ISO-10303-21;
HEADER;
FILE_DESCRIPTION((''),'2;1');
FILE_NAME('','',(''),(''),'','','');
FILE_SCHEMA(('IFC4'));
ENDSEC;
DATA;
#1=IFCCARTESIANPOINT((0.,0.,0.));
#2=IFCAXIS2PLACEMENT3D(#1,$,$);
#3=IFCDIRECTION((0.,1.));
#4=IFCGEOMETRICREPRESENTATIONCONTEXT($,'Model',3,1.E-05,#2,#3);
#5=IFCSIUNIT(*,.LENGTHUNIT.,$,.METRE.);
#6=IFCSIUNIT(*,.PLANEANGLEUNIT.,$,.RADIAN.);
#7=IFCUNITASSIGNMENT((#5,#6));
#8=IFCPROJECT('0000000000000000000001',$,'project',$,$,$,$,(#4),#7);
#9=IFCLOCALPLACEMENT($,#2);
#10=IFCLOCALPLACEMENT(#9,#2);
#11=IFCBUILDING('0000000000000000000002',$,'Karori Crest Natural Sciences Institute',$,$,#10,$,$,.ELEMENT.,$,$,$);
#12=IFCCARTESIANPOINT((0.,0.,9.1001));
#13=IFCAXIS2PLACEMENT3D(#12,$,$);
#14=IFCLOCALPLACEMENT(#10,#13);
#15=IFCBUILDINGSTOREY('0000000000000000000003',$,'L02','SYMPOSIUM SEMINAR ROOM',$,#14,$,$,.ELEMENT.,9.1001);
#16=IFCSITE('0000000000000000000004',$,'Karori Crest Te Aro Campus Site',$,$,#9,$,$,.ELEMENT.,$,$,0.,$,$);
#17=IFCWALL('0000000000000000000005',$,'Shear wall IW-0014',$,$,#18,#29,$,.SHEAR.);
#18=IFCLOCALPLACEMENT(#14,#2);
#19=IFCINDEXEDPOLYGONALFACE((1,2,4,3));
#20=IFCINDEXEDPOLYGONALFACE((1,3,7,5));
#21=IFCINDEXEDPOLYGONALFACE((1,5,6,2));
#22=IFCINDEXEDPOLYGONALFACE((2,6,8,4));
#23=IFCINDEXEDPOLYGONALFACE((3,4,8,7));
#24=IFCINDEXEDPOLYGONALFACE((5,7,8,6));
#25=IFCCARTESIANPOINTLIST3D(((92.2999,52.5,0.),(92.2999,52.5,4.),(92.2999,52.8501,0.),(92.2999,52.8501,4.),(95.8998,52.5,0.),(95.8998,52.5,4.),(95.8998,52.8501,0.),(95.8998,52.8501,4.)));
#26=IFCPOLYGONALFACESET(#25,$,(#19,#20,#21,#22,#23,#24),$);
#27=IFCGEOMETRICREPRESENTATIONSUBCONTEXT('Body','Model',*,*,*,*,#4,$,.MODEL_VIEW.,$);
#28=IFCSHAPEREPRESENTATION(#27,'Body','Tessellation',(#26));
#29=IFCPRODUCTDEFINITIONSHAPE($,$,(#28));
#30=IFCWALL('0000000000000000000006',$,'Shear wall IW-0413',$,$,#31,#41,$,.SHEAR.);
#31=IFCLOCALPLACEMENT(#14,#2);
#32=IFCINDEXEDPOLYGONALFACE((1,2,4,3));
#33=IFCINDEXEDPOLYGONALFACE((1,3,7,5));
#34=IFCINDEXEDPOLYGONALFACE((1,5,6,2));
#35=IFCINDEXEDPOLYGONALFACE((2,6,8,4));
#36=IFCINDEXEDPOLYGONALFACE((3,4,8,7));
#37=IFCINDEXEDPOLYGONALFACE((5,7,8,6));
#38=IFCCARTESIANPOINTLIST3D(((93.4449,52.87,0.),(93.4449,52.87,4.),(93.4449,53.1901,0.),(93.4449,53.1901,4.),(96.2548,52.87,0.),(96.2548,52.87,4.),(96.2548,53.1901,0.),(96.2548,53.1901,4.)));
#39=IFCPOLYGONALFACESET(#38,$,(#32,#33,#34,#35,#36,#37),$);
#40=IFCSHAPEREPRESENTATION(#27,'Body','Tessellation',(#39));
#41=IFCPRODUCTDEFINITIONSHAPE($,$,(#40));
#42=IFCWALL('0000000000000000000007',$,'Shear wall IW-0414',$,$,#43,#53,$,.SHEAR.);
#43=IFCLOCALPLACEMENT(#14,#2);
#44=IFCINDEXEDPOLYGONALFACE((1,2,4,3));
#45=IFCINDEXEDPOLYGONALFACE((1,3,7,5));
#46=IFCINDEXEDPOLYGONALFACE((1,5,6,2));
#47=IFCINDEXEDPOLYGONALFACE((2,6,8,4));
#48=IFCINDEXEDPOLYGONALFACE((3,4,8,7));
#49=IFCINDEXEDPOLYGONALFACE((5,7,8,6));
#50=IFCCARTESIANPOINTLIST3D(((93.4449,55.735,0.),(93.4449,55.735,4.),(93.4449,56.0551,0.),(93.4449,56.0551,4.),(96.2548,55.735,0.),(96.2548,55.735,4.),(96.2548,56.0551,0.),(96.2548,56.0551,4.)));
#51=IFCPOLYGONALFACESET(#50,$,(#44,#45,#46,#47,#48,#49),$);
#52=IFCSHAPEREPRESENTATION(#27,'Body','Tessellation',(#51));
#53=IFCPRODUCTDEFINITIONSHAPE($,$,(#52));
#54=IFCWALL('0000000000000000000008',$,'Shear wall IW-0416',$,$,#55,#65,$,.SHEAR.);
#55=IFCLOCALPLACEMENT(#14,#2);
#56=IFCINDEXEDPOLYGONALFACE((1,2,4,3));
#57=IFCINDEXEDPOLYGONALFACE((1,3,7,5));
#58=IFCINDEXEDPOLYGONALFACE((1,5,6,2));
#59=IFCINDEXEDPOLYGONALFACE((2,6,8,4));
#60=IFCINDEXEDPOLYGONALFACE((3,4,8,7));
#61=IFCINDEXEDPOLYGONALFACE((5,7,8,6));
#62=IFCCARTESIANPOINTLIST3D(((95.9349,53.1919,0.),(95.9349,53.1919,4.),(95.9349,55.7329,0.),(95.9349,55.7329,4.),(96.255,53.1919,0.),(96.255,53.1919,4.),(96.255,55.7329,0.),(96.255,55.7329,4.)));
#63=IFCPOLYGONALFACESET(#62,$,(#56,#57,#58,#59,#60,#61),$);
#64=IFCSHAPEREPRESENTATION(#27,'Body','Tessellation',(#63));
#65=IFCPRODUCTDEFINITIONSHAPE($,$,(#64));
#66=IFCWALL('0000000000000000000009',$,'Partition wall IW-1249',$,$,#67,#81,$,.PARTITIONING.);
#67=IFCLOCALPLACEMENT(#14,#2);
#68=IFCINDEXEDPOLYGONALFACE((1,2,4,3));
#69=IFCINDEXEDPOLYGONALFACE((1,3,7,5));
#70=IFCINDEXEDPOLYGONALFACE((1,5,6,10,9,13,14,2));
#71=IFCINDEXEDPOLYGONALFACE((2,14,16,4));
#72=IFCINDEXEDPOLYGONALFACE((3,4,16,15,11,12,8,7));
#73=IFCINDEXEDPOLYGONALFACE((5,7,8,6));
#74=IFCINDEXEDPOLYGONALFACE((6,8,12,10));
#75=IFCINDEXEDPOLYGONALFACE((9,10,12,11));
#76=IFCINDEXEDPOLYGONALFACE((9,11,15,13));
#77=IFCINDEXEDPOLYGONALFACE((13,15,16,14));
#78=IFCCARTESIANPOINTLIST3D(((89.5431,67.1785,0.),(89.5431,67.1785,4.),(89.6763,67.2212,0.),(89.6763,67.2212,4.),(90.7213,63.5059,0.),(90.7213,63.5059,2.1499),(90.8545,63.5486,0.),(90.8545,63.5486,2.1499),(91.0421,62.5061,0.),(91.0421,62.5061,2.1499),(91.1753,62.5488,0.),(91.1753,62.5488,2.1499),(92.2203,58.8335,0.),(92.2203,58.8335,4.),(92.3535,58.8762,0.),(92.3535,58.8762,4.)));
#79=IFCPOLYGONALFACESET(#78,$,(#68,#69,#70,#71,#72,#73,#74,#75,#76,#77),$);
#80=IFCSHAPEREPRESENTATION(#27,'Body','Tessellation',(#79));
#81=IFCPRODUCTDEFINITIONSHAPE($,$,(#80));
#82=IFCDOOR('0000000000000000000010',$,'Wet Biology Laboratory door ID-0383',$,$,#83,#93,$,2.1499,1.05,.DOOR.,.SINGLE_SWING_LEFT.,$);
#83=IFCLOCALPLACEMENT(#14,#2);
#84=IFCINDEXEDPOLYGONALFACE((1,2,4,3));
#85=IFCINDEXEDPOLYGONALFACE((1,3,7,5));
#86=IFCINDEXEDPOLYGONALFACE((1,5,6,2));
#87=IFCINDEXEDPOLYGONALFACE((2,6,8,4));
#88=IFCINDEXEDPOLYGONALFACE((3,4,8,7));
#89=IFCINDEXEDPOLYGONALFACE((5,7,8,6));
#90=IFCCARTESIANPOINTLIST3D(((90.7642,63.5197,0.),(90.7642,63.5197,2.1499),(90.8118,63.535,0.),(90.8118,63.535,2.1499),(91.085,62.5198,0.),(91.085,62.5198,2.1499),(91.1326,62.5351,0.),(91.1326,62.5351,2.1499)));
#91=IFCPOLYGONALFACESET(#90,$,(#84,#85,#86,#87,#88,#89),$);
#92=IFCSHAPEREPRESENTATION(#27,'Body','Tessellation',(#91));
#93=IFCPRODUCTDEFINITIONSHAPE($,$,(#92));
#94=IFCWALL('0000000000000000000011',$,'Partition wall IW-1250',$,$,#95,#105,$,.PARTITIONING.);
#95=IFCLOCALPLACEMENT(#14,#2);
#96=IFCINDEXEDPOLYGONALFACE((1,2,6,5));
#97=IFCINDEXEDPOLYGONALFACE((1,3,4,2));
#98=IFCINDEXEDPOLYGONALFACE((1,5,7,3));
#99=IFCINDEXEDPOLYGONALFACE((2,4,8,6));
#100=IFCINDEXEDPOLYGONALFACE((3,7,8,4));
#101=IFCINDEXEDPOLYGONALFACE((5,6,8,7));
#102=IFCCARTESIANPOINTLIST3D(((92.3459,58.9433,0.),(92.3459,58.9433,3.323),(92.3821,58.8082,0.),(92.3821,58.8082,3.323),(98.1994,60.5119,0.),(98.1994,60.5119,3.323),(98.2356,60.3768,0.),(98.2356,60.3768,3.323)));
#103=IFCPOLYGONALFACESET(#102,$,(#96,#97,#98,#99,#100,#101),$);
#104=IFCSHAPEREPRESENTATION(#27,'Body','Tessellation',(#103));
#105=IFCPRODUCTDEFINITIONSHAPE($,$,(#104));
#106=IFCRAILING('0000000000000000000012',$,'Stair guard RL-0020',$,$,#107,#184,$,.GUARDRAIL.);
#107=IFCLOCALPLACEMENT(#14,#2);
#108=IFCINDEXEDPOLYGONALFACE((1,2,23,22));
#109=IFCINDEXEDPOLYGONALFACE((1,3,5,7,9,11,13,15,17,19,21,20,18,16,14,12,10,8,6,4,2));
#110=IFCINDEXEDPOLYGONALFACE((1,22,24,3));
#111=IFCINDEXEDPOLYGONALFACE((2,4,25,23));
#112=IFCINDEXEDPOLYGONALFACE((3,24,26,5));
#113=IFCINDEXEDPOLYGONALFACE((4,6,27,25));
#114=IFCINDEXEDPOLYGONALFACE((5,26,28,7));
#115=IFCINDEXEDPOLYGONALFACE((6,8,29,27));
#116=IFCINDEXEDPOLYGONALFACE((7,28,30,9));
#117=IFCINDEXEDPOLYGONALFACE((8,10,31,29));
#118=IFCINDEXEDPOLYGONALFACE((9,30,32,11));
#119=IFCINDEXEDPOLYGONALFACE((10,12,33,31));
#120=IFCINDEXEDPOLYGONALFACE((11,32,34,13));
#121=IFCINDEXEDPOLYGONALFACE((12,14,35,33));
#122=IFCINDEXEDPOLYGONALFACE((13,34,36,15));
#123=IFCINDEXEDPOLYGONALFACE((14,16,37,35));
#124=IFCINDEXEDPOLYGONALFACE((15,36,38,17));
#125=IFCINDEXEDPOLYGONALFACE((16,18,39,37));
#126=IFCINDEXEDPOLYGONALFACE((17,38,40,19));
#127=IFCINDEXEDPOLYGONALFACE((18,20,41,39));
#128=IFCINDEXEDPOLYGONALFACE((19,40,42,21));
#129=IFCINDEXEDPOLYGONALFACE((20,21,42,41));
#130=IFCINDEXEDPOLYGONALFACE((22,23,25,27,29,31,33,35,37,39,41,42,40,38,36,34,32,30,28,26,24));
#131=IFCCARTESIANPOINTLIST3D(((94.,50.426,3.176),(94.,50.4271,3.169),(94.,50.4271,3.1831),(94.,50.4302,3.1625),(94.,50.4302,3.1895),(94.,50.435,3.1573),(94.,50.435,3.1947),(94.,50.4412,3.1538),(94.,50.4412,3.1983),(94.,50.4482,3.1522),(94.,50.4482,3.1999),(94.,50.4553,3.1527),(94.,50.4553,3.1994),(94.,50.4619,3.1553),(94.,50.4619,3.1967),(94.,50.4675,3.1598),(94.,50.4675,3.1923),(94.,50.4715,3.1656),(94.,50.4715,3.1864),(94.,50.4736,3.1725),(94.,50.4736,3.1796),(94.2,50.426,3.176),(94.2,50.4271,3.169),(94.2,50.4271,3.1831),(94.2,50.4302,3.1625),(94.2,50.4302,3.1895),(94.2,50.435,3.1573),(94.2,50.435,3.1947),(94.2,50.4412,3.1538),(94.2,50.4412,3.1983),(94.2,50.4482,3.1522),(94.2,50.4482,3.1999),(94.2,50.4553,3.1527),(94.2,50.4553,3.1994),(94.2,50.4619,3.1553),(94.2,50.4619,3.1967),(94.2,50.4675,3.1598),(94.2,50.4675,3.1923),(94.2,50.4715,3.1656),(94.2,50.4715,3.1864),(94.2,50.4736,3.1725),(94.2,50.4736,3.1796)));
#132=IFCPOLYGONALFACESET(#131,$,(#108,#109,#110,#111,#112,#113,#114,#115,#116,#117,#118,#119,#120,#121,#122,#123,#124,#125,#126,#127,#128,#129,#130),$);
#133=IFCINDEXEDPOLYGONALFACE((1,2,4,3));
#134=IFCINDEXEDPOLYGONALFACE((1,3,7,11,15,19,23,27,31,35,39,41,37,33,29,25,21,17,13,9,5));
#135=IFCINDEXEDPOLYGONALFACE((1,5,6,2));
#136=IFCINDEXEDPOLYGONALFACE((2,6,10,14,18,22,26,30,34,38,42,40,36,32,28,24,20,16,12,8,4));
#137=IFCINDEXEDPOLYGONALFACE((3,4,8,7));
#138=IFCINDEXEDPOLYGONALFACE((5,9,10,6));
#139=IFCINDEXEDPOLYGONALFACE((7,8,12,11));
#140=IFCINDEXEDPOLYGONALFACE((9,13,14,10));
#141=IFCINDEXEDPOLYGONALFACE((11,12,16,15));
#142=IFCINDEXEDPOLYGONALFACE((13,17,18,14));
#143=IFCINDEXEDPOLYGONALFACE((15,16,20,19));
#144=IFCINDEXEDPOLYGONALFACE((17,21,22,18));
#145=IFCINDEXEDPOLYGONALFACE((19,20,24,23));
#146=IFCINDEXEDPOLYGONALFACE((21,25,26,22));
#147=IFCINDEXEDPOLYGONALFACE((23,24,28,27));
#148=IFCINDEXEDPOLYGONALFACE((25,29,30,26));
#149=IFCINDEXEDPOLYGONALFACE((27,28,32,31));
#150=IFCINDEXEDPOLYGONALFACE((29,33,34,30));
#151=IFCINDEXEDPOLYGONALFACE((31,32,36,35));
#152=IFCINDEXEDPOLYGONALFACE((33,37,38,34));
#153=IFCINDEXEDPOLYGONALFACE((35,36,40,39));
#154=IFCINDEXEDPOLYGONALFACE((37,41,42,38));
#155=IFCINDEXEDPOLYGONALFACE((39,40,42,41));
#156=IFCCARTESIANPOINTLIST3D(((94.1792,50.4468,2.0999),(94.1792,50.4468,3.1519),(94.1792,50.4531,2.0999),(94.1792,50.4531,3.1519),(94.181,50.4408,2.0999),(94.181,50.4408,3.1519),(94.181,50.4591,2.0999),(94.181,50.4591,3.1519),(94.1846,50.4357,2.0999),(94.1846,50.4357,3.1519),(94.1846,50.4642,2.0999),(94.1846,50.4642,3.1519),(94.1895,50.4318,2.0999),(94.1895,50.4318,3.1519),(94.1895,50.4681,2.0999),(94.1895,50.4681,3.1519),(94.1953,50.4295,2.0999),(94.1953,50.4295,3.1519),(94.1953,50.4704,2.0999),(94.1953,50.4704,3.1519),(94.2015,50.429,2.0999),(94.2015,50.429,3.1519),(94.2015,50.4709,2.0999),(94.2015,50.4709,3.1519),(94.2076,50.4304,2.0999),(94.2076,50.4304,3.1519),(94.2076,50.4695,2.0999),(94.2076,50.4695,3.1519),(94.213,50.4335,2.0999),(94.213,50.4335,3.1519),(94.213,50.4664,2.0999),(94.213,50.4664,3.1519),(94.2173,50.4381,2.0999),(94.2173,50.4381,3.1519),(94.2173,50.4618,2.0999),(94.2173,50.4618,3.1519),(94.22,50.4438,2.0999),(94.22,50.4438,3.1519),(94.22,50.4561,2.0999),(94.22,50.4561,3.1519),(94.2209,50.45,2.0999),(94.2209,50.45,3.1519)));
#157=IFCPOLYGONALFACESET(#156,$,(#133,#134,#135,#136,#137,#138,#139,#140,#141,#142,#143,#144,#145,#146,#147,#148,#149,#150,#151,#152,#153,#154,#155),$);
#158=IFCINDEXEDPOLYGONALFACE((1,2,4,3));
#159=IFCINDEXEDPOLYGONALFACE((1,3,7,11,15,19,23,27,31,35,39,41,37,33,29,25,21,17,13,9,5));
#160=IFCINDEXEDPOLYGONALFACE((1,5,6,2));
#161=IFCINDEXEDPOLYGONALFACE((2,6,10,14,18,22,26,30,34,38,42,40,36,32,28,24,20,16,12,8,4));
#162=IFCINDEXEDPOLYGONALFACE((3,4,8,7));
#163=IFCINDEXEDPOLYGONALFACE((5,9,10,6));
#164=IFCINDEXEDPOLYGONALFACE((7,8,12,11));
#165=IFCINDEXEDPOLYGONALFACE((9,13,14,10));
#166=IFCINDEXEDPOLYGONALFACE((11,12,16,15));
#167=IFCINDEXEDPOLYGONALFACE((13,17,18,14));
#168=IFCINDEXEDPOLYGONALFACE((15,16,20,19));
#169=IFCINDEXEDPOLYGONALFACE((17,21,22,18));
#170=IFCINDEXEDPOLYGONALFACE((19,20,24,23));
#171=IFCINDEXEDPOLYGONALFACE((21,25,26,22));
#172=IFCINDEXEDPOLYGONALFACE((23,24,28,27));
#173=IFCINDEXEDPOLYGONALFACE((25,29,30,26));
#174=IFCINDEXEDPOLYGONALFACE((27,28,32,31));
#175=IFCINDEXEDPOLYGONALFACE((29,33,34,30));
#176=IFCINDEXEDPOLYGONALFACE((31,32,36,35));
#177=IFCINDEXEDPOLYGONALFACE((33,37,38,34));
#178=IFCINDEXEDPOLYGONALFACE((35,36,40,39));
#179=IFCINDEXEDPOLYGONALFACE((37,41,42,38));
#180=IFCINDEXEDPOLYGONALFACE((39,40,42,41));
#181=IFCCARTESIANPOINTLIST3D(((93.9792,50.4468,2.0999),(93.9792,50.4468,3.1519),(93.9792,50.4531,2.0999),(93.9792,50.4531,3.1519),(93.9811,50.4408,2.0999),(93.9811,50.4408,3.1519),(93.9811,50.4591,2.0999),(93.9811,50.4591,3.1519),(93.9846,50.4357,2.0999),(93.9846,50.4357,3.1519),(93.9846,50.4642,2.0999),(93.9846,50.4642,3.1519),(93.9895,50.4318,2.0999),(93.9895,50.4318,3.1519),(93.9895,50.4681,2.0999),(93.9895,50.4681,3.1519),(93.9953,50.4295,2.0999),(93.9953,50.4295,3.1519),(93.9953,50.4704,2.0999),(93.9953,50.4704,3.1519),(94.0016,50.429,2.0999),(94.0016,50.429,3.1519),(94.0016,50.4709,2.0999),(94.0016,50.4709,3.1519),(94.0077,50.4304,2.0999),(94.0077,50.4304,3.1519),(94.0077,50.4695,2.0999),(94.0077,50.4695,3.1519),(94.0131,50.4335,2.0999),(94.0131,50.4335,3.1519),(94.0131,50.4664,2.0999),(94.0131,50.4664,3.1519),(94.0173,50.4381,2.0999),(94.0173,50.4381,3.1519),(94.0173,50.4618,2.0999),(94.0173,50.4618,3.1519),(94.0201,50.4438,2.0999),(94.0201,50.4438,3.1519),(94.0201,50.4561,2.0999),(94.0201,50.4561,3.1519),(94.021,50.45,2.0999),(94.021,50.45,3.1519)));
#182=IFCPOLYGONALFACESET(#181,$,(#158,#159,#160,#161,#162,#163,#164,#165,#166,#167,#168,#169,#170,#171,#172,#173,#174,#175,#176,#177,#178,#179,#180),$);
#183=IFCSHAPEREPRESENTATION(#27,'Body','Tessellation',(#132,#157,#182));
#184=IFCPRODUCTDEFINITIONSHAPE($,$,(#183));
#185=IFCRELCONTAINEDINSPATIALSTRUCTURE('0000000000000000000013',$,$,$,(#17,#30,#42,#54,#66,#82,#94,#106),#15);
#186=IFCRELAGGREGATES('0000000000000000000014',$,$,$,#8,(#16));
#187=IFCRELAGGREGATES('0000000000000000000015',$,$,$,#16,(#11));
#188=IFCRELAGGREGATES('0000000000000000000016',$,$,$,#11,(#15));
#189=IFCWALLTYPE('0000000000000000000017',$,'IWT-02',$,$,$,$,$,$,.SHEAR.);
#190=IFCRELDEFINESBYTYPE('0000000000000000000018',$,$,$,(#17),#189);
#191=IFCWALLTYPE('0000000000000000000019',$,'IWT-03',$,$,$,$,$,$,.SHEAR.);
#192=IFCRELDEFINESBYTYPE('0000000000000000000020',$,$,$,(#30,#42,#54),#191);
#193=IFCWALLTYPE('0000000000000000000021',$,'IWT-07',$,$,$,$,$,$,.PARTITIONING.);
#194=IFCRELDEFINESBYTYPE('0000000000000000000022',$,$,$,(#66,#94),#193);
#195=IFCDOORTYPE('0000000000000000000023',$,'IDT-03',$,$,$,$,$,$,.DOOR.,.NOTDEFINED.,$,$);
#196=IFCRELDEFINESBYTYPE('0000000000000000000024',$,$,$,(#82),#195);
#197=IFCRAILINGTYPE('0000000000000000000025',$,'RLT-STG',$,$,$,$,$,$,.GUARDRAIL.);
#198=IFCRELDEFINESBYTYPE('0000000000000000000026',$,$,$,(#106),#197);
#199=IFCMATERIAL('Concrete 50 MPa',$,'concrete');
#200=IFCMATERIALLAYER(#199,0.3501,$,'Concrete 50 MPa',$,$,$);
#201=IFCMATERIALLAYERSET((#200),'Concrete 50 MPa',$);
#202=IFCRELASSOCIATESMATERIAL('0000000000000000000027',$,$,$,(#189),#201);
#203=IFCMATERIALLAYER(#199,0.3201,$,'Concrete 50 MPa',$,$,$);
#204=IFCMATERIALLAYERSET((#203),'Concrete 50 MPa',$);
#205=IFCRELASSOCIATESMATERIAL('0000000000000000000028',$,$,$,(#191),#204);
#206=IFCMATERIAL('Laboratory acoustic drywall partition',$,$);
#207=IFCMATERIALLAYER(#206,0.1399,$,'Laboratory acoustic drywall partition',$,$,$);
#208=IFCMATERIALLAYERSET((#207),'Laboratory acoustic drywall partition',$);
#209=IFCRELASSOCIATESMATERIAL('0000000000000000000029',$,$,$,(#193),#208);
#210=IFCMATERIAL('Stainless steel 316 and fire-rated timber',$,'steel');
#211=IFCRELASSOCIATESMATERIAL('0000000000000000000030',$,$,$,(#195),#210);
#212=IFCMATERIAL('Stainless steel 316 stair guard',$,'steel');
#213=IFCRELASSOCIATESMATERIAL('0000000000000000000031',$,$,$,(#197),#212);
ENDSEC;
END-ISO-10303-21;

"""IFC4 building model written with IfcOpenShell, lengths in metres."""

from ifc_helpers import new_model, si_unit, direction, frame, frame_2d, origin, origin_2d, place, context, subcontext, project, spatial, rectangle, circle, extrude, material, layer, layer_set, type_object, element, fill, save


model = new_model("IFC4")

# Units and contexts
model_context = context("Model", 3, precision=1e-05, world=origin(), true_north=direction((0.0, 1.0)))
body_context = subcontext(model_context, "Body", "Model", "MODEL_VIEW")
ifc_project = project(units=[si_unit("LENGTHUNIT", "METRE"), si_unit("PLANEANGLEUNIT", "RADIAN")], contexts=[model_context])

# Site, building, storey
site_placement = place(None, origin())
site = spatial("IfcSite", under=ifc_project, at=site_placement, Name="Karori Crest Te Aro Campus Site", CompositionType="ELEMENT", RefElevation=0.0)
building_placement = place(site_placement, origin())
building = spatial("IfcBuilding", under=site, at=building_placement, Name="Karori Crest Natural Sciences Institute", CompositionType="ELEMENT")
storey_placement = place(building_placement, frame((0.0, 0.0, 9.1001)))
storey = spatial("IfcBuildingStorey", under=building, at=storey_placement, Name="L02", Description="SYMPOSIUM SEMINAR ROOM", CompositionType="ELEMENT", Elevation=9.1001)

# Walls
ifc_material_1 = material(Name="Concrete 50 MPa", Category="concrete")
ifc_layer_1 = layer(ifc_material_1, 0.3501, Name="Concrete 50 MPa")
ifc_layer_set_1 = layer_set([ifc_layer_1], Name="Concrete 50 MPa")
wall_type_1 = type_object("IfcWallType", Name="IWT-02", PredefinedType="SHEAR", material=ifc_layer_set_1)
wall_1_placement = place(storey_placement, frame((92.3, 52.675, 0.0), z_axis=(0.0, 0.0, 1.0), x_axis=(1.0, 0.0, 0.0)))
element("IfcWall", 1, at=wall_1_placement, inside=storey, type_object=wall_type_1, Name="Shear wall IW-0014", PredefinedType="SHEAR", context=body_context, shape_type="SweptSolid", body=[
    extrude(rectangle(XDim=3.5999, YDim=0.3501, at=frame_2d((1.7998, 0.0))), origin(), (0.0, 0.0, 1.0), 4.0),
])
ifc_layer_2 = layer(ifc_material_1, 0.3201, Name="Concrete 50 MPa")
ifc_layer_set_2 = layer_set([ifc_layer_2], Name="Concrete 50 MPa")
wall_type_2 = type_object("IfcWallType", Name="IWT-03", PredefinedType="SHEAR", material=ifc_layer_set_2)
for number, where, z_axis, x_axis, name in (
    (2, (93.4451, 53.03, 0.0), (0.0, 0.0, 1.0), (1.0, 0.0, 0.0), "Shear wall IW-0413"),
    (3, (93.4451, 55.895, 0.0), (0.0, 0.0, 1.0), (1.0, 0.0, 0.0), "Shear wall IW-0414"),
):
    element("IfcWall", number, at=place(storey_placement, frame(where, z_axis=z_axis, x_axis=x_axis)), inside=storey, type_object=wall_type_2, Name=name, PredefinedType="SHEAR", context=body_context, shape_type="SweptSolid", body=[
        extrude(rectangle(XDim=2.8098, YDim=0.3201, at=frame_2d((1.4048, 0.0))), origin(), (0.0, 0.0, 1.0), 4.0),
    ])

# Shared definitions
ifc_material_2 = material(Name="Stainless steel 316 and fire-rated timber", Category="steel")

# Wall
wall_2_placement = place(storey_placement, frame((96.095, 53.1919, 0.0), z_axis=(0.0, 0.0, 1.0), x_axis=(0.0, 1.0, 0.0)))
element("IfcWall", 4, at=wall_2_placement, inside=storey, type_object=wall_type_2, Name="Shear wall IW-0416", PredefinedType="SHEAR", context=body_context, shape_type="SweptSolid", body=[
    extrude(rectangle(XDim=2.541, YDim=0.3201, at=frame_2d((1.2705, 0.0))), origin(), (0.0, 0.0, 1.0), 4.0),
])

# Wall, opening, door
ifc_material_3 = material(Name="Laboratory acoustic drywall partition")
ifc_layer_3 = layer(ifc_material_3, 0.1399, Name="Laboratory acoustic drywall partition")
ifc_layer_set_3 = layer_set([ifc_layer_3], Name="Laboratory acoustic drywall partition")
wall_type_3 = type_object("IfcWallType", Name="IWT-07", PredefinedType="PARTITIONING", material=ifc_layer_set_3)
wall_3_placement = place(storey_placement, frame((92.2869, 58.855, 0.0), z_axis=(0.0, 0.0, 1.0), x_axis=(-0.305485, 0.952197, 0.0)))
wall_3 = element("IfcWall", 5, at=wall_3_placement, inside=storey, type_object=wall_type_3, Name="Partition wall IW-1249", PredefinedType="PARTITIONING", context=body_context, shape_type="SweptSolid", body=[
    extrude(rectangle(XDim=8.7639, YDim=0.1399, at=frame_2d((4.3818, 0.0))), origin(), (0.0, 0.0, 1.0), 4.0),
])
opening_1_placement = place(wall_3_placement, frame((3.8569, 0.0, 0.0)))
opening_1 = element("IfcOpeningElement", 6, at=opening_1_placement, cuts=wall_3, PredefinedType="OPENING", context=body_context, shape_type="SweptSolid", body=[
    extrude(rectangle(XDim=1.05, YDim=2.1499, at=frame_2d((0.5249, 1.075))), frame((0.0, 0.0801, 0.0), z_axis=(0.0, -1.0, 0.0), x_axis=(1.0, 0.0, 0.0)), (0.0, 0.0, 1.0), 0.1599),
])
door_type_1 = type_object("IfcDoorType", Name="IDT-03", OperationType="NOTDEFINED", PredefinedType="DOOR", material=ifc_material_2)
door_1_placement = place(opening_1_placement, origin())
door_1 = element("IfcDoor", 7, at=door_1_placement, inside=storey, type_object=door_type_1, Name="Wet Biology Laboratory door ID-0383", OperationType="SINGLE_SWING_LEFT", OverallHeight=2.1499, OverallWidth=1.05, PredefinedType="DOOR", context=body_context, shape_type="SweptSolid", body=[
    extrude(rectangle(XDim=1.05, YDim=2.1499, at=frame_2d((0.5249, 1.075))), frame((0.0, 0.0249, 0.0), z_axis=(0.0, -1.0, 0.0), x_axis=(1.0, 0.0, 0.0)), (0.0, 0.0, 1.0), 0.05),
])
fill(opening_1, door_1)

# Wall
wall_4_placement = place(storey_placement, frame((92.364, 58.8757, 0.0), z_axis=(0.0, 0.0, 1.0), x_axis=(0.965919, 0.258843, 0.0)))
element("IfcWall", 8, at=wall_4_placement, inside=storey, type_object=wall_type_3, Name="Partition wall IW-1250", PredefinedType="PARTITIONING", context=body_context, shape_type="SweptSolid", body=[
    extrude(rectangle(XDim=6.0601, YDim=0.1399, at=frame_2d((3.03, 0.0))), origin(), (0.0, 0.0, 1.0), 3.323),
])

# Railing
ifc_material_4 = material(Name="Stainless steel 316 stair guard", Category="steel")
railing_type = type_object("IfcRailingType", Name="RLT-STG", PredefinedType="GUARDRAIL", material=ifc_material_4)
railing_1_placement = place(storey_placement, frame((94.2, 50.45, 2.0999)))
element("IfcRailing", 9, at=railing_1_placement, inside=storey, type_object=railing_type, Name="Stair guard RL-0020", PredefinedType="GUARDRAIL", context=body_context, shape_type="SweptSolid", body=[
    extrude(circle(Radius=0.0239, at=origin_2d()), frame((0.0, 0.0, 1.0762), z_axis=(-1.0, 0.0, 0.0), x_axis=(0.0, -1.0, 0.0)), (0.0, 0.0, 1.0), 0.2),
    extrude(circle(Radius=0.021, at=origin_2d()), origin(), (0.0, 0.0, 1.0), 1.052),
    extrude(circle(Radius=0.021, at=origin_2d()), frame((-0.2, 0.0, 0.0)), (0.0, 0.0, 1.0), 1.052),
])

save(model, "model.ifc")
